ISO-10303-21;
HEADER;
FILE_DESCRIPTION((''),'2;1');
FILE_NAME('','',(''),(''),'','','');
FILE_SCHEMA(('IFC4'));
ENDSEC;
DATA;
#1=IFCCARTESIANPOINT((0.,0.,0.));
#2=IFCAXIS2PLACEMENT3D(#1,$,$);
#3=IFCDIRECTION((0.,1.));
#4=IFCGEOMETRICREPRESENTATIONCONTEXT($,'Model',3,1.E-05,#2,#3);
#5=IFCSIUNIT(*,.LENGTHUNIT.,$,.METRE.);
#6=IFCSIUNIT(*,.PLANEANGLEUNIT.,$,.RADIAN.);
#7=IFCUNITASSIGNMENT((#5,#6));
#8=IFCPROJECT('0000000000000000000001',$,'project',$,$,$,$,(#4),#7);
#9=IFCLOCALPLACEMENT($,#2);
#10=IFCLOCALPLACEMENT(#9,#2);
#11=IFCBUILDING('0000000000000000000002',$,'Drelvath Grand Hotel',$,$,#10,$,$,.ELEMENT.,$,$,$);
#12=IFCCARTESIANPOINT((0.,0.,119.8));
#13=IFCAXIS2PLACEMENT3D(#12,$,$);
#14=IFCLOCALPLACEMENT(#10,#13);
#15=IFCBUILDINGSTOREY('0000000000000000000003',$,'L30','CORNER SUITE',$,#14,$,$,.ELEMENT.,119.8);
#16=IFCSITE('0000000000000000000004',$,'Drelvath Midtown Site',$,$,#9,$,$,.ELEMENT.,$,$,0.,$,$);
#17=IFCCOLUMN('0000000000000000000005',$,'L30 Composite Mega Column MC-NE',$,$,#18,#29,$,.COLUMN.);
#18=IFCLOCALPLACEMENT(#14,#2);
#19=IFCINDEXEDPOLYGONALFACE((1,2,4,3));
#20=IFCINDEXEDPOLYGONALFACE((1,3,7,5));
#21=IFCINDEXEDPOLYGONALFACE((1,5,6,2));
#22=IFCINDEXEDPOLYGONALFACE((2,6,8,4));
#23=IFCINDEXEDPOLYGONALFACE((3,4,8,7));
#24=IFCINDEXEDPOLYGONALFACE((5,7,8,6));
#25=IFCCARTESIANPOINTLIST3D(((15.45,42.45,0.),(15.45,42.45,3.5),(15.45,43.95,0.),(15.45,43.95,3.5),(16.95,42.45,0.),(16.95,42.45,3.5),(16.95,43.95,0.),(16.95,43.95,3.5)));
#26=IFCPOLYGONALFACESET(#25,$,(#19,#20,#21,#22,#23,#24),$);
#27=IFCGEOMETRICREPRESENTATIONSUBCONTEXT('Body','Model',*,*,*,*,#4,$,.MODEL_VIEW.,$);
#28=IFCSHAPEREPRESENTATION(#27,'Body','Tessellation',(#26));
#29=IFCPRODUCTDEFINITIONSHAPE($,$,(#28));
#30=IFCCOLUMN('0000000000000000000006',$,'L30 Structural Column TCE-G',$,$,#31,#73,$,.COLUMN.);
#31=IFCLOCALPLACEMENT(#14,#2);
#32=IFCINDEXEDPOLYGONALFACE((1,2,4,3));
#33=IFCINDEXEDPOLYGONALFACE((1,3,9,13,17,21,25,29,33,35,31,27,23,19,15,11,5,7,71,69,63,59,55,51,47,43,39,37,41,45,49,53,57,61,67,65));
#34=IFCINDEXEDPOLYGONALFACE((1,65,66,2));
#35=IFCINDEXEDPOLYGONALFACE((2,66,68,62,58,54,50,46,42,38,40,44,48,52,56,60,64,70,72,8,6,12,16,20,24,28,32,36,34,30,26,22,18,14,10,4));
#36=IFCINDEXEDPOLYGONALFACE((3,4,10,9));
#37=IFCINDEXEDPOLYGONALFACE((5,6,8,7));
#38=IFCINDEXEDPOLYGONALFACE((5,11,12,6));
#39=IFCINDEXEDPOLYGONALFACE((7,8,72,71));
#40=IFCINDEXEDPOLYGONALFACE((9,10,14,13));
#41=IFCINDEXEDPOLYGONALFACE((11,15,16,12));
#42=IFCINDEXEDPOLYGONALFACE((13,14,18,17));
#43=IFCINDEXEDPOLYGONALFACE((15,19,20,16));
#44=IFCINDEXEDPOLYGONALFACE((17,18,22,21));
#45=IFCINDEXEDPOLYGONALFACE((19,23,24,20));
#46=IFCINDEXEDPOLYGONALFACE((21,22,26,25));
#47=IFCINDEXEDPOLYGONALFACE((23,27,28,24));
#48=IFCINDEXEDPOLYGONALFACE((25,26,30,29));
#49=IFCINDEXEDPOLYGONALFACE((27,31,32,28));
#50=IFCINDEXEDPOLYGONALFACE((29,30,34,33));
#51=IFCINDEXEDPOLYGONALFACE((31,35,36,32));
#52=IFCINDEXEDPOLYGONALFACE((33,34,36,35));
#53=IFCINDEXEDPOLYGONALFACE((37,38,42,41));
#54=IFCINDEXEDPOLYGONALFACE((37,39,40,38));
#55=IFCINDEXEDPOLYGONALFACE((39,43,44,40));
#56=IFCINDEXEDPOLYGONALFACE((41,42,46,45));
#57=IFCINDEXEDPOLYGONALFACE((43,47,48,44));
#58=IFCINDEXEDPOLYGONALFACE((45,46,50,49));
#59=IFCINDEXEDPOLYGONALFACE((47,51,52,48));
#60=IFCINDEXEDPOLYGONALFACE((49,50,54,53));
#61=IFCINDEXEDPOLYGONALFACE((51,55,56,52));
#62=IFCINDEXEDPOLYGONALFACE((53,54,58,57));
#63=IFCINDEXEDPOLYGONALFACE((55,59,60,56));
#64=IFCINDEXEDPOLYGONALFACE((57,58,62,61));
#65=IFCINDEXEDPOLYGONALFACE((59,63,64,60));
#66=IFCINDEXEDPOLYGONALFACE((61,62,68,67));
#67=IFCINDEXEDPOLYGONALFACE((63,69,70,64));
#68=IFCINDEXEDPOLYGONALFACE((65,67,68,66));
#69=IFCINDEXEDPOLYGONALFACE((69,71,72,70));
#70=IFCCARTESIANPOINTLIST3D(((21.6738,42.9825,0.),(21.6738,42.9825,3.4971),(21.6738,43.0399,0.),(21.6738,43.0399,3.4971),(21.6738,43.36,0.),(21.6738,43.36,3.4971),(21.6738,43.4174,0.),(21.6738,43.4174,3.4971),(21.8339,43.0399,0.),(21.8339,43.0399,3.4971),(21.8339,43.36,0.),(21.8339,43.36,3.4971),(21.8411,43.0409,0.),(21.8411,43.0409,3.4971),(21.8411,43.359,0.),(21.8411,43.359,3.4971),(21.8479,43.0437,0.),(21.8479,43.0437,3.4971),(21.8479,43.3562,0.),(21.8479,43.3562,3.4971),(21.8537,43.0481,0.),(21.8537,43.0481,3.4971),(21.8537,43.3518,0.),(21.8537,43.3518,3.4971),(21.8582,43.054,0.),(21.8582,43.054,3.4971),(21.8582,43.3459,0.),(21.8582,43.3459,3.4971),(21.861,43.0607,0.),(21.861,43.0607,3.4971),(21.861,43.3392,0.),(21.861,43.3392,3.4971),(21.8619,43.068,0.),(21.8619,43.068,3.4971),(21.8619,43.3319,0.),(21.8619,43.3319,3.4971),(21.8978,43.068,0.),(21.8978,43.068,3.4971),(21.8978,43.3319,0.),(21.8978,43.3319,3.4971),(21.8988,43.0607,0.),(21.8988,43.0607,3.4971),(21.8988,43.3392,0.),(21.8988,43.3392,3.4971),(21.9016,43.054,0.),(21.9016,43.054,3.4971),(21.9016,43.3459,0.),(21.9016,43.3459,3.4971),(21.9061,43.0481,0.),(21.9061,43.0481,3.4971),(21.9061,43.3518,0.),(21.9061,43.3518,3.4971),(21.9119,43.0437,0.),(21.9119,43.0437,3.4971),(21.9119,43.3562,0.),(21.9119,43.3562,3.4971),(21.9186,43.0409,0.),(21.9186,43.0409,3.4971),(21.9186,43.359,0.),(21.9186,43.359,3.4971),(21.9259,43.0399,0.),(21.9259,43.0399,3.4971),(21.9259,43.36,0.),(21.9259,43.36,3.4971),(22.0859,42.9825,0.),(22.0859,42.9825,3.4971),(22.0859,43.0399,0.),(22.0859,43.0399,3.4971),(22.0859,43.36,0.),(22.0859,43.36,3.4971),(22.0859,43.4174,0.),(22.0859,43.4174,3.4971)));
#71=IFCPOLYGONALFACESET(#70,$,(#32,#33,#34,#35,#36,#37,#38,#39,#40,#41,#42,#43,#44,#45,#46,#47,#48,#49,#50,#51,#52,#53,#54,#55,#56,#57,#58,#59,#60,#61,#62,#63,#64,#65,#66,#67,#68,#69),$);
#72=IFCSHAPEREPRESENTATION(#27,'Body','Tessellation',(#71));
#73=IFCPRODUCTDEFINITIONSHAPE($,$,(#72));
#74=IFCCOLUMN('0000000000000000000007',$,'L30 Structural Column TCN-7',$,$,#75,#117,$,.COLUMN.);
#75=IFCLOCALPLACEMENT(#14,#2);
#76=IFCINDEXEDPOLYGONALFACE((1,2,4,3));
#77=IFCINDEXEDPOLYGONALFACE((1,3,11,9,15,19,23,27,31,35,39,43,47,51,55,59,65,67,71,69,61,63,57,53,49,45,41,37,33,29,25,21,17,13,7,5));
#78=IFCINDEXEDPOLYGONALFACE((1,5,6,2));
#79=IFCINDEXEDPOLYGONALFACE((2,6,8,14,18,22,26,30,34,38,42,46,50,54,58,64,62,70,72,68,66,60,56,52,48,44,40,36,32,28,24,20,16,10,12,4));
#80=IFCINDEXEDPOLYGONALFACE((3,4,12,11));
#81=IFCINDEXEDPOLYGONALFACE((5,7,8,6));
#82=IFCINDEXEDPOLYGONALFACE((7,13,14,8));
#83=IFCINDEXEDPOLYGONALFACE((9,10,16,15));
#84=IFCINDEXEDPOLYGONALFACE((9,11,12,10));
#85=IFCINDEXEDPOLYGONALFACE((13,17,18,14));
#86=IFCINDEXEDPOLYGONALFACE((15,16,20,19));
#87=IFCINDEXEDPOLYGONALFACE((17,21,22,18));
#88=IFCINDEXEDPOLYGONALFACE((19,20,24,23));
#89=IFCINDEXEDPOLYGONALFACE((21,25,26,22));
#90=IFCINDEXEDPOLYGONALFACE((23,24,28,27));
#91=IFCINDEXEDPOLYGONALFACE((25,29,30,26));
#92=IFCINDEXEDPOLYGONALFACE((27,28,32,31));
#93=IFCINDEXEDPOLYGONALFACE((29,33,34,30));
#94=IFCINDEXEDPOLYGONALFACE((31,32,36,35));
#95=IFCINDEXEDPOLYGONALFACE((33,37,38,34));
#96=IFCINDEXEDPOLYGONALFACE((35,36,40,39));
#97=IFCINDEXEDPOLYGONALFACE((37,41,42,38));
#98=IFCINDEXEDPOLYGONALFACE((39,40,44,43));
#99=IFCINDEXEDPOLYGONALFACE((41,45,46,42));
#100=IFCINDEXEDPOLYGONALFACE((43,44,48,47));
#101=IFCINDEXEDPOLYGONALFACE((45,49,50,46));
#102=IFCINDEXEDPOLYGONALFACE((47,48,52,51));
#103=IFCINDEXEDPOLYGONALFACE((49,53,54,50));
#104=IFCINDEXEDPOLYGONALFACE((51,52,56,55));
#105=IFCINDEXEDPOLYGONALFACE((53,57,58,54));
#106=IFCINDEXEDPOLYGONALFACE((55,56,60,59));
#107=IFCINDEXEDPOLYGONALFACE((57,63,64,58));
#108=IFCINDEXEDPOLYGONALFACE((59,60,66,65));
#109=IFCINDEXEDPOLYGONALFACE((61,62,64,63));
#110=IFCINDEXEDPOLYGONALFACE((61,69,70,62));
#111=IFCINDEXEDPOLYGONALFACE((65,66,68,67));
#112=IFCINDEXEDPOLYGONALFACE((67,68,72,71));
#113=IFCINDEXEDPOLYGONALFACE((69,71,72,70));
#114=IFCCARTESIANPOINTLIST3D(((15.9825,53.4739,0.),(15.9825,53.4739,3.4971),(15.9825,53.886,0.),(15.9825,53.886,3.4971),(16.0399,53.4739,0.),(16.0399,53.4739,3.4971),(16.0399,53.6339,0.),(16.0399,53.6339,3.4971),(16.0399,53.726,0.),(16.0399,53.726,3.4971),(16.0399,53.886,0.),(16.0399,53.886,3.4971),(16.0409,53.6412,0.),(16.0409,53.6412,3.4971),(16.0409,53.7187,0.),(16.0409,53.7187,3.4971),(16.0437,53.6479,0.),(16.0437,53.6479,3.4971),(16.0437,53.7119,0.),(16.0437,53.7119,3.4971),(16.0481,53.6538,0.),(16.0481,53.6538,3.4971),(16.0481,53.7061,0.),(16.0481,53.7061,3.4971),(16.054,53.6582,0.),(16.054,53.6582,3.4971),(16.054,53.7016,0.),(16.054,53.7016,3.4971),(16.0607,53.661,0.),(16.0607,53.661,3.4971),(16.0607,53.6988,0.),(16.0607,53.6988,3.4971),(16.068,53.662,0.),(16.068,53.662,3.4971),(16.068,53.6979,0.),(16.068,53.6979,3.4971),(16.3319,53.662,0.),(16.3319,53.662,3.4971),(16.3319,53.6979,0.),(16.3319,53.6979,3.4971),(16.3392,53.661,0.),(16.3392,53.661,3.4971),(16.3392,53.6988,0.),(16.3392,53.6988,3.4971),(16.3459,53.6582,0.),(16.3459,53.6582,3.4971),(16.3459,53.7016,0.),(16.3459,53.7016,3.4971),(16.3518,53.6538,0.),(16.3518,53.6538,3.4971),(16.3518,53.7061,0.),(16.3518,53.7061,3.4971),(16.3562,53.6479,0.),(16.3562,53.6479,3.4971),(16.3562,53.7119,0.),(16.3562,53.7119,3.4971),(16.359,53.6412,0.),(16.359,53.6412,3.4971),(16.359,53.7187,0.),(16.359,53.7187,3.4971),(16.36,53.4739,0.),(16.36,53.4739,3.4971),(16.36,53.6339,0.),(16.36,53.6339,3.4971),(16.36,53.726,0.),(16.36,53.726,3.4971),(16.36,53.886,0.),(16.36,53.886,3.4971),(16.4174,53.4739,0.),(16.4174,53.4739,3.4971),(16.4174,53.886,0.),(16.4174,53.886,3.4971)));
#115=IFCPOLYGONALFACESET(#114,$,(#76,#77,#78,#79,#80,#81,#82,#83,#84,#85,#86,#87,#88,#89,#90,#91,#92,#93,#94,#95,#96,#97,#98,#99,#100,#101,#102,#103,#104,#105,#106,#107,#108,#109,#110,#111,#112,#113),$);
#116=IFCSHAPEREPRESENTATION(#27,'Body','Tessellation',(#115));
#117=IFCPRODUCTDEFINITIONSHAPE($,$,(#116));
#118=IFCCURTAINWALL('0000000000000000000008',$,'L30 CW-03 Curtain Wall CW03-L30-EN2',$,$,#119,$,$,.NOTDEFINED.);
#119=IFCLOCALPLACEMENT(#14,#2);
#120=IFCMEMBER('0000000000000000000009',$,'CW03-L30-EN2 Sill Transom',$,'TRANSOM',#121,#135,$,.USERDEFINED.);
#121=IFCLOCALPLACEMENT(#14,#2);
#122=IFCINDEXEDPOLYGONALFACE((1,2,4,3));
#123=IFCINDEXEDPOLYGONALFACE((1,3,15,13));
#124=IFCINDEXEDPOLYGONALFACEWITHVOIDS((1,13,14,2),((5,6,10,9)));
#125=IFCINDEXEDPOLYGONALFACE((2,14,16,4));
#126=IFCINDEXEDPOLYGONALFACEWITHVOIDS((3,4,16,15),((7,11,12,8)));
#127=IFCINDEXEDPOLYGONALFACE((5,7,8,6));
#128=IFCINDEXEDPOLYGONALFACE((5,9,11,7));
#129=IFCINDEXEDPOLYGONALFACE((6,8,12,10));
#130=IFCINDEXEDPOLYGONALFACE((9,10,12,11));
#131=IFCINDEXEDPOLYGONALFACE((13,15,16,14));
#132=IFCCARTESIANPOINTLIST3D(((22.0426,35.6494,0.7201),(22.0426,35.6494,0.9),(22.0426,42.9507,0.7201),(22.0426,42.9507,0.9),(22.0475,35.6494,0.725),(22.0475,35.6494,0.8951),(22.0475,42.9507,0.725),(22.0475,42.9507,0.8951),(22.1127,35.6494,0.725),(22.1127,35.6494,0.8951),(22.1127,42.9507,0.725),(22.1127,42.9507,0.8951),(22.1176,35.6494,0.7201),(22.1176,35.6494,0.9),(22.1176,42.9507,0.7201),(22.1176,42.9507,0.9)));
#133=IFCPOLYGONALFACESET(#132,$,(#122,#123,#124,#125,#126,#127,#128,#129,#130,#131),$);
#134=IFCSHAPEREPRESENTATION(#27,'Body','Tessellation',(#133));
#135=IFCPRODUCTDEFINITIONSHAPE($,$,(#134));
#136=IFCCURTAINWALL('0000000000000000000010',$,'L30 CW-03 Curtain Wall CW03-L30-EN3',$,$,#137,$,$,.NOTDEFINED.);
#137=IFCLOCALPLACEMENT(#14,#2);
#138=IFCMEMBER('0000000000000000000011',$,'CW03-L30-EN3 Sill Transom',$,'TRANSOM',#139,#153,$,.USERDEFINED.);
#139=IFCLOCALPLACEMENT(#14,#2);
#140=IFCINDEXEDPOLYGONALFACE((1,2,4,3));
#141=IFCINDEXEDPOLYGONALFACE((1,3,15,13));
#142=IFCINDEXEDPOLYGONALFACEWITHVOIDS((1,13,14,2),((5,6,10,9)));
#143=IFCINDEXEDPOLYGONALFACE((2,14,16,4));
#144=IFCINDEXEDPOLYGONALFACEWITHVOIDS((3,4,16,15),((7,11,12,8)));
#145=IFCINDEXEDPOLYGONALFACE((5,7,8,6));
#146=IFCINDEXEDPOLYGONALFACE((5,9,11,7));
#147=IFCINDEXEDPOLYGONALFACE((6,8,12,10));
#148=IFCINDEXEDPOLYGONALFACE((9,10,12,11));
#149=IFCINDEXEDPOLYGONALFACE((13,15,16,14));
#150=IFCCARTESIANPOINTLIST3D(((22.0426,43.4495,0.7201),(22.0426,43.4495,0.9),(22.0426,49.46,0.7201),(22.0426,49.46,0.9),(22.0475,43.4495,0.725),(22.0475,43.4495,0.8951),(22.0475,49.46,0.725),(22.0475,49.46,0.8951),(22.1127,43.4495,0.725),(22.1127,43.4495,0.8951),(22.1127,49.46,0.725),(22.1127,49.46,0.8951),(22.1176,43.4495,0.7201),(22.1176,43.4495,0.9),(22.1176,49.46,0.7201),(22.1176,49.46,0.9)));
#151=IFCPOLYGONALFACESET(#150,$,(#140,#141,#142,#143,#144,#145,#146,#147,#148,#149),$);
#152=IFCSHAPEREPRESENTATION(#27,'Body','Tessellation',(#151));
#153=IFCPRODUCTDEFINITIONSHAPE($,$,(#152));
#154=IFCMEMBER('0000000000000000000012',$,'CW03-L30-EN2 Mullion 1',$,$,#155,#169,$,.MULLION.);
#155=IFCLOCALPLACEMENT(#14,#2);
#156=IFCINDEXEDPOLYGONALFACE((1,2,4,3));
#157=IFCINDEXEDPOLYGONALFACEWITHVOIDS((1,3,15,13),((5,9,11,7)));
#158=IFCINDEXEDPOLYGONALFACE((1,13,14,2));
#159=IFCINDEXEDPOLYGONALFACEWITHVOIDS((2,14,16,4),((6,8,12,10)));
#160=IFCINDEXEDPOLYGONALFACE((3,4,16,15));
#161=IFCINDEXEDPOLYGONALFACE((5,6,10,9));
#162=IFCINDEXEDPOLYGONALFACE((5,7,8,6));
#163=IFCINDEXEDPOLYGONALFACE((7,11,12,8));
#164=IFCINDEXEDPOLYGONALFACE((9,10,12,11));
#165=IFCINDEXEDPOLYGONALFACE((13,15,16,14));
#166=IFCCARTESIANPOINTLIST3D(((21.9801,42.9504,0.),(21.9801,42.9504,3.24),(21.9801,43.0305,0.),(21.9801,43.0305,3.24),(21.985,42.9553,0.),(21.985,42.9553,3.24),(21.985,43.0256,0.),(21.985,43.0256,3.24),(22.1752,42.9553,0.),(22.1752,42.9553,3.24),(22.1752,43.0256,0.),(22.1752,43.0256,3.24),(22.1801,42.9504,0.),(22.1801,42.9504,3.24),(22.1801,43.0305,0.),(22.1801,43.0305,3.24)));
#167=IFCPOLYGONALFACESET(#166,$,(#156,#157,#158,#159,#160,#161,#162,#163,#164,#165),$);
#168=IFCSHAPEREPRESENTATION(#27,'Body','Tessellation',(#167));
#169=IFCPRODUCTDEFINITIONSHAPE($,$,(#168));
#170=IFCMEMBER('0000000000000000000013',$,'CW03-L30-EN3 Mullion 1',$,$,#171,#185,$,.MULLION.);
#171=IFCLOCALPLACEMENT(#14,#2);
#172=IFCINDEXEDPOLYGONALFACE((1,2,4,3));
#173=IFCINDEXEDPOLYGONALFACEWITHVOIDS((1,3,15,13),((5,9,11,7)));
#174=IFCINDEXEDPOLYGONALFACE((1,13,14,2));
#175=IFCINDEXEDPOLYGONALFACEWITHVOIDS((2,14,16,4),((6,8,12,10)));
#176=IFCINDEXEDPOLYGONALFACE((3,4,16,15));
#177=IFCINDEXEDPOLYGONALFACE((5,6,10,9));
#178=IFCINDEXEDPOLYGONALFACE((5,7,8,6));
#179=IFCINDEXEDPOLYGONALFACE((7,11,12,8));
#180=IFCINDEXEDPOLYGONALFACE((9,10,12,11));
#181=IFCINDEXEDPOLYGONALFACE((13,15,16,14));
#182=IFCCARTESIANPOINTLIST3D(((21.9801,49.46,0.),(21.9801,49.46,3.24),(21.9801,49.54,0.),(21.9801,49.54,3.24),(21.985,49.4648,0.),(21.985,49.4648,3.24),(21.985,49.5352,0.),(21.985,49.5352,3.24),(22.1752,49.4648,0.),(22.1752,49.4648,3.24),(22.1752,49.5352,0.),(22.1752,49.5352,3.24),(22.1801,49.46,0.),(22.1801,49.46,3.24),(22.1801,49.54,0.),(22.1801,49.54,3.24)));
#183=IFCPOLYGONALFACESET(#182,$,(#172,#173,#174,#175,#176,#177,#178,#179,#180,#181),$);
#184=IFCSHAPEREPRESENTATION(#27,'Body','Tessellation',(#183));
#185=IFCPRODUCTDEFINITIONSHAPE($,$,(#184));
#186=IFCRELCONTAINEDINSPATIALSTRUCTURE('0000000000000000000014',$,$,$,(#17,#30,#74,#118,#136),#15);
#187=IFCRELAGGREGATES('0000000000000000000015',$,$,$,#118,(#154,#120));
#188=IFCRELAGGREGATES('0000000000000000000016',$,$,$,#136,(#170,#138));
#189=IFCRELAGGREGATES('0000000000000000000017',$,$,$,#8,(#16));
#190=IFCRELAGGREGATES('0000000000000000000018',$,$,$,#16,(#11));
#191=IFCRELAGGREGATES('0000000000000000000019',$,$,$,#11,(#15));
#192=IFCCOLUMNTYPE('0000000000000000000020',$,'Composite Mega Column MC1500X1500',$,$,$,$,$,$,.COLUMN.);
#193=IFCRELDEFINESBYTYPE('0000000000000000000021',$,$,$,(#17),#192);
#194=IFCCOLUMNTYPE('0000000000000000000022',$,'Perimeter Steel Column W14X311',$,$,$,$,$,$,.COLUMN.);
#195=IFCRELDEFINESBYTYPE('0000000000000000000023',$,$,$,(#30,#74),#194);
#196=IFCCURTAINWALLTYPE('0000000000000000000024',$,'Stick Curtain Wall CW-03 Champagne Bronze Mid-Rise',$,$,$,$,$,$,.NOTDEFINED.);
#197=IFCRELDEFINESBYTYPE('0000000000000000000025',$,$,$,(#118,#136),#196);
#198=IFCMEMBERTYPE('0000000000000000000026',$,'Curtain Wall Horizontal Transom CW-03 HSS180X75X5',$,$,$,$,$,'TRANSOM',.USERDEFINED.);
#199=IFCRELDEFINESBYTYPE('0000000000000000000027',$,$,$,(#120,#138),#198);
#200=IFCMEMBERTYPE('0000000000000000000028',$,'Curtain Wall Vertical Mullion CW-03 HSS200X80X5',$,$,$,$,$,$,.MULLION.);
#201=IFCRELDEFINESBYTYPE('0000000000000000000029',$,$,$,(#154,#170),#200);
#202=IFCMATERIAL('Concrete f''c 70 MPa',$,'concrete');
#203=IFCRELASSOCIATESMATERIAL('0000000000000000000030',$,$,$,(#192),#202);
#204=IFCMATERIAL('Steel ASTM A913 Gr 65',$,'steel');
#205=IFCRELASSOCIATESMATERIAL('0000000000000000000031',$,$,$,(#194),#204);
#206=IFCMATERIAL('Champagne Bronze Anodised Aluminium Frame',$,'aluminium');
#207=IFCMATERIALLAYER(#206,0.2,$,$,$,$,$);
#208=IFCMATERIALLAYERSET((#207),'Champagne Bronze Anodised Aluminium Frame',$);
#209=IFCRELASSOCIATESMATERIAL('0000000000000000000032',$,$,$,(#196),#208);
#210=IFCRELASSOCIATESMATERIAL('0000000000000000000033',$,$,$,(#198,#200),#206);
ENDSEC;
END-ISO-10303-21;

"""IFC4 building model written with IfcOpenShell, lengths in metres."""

from ifc_helpers import new_model, si_unit, direction, frame, origin, origin_2d, place, context, subcontext, project, spatial, rectangle, hollow_rectangle, i_section, extrude, material, layer, layer_set, material_profile, profile_set, type_object, element, aggregate, save


model = new_model("IFC4")

# Units and contexts
model_context = context("Model", 3, precision=1e-05, world=origin(), true_north=direction((0.0, 1.0)))
body_context = subcontext(model_context, "Body", "Model", "MODEL_VIEW")
ifc_project = project(units=[si_unit("LENGTHUNIT", "METRE"), si_unit("PLANEANGLEUNIT", "RADIAN")], contexts=[model_context])

# Site, building, storey
site_placement = place(None, origin())
site = spatial("IfcSite", under=ifc_project, at=site_placement, Name="Drelvath Midtown Site", CompositionType="ELEMENT", RefElevation=0.0)
building_placement = place(site_placement, origin())
building = spatial("IfcBuilding", under=site, at=building_placement, Name="Drelvath Grand Hotel", CompositionType="ELEMENT")
storey_placement = place(building_placement, frame((0.0, 0.0, 119.8)))
storey = spatial("IfcBuildingStorey", under=building, at=storey_placement, Name="L30", Description="CORNER SUITE", CompositionType="ELEMENT", Elevation=119.8)

# Columns
ifc_material_1 = material(Name="Concrete f'c 70 MPa", Category="concrete")
ifc_material_profile_1 = material_profile(ifc_material_1, rectangle(XDim=1.5, YDim=1.5, at=origin_2d()), Name="MC1500X1500")
ifc_profile_set_1 = profile_set([ifc_material_profile_1], Name="Concrete f'c 70 MPa")
column_type_1 = type_object("IfcColumnType", Name="Composite Mega Column MC1500X1500", PredefinedType="COLUMN", material=ifc_profile_set_1)
column_placement = place(storey_placement, frame((16.2, 43.2, 0.0), z_axis=(0.0, 0.0, 1.0), x_axis=(1.0, 0.0, 0.0)))
element("IfcColumn", 1, at=column_placement, inside=storey, type_object=column_type_1, Name="L30 Composite Mega Column MC-NE", PredefinedType="COLUMN", context=body_context, shape_type="SweptSolid", body=[
    extrude(rectangle(XDim=1.5, YDim=1.5, at=origin_2d()), origin(), (0.0, 0.0, 1.0), 3.5),
])
ifc_material_2 = material(Name="Steel ASTM A913 Gr 65", Category="steel")
ifc_material_profile_2 = material_profile(ifc_material_2, i_section(OverallWidth=0.4121, OverallDepth=0.4348, WebThickness=0.0359, FlangeThickness=0.0574, FilletRadius=0.0281, at=origin_2d()), Name="W14X311")
ifc_profile_set_2 = profile_set([ifc_material_profile_2], Name="Steel ASTM A913 Gr 65")
column_type_2 = type_object("IfcColumnType", Name="Perimeter Steel Column W14X311", PredefinedType="COLUMN", material=ifc_profile_set_2)
for number, where, z_axis, x_axis, name in (
    (2, (21.8799, 43.2, 0.0), (0.0, 0.0, 1.0), (1.0, 0.0, 0.0), "L30 Structural Column TCE-G"),
    (3, (16.2, 53.6799, 0.0), (0.0, 0.0, 1.0), (0.0, 1.0, 0.0), "L30 Structural Column TCN-7"),
):
    element("IfcColumn", number, at=place(storey_placement, frame(where, z_axis=z_axis, x_axis=x_axis)), inside=storey, type_object=column_type_2, Name=name, PredefinedType="COLUMN", context=body_context, shape_type="SweptSolid", body=[
        extrude(i_section(OverallWidth=0.4121, OverallDepth=0.4348, WebThickness=0.0359, FlangeThickness=0.0574, FilletRadius=0.0281, at=origin_2d()), origin(), (0.0, 0.0, 1.0), 3.4971),
    ])

# Curtain walls, members
ifc_material_3 = material(Name="Champagne Bronze Anodised Aluminium Frame", Category="aluminium")
ifc_layer_1 = layer(ifc_material_3, 0.2)
ifc_layer_set_1 = layer_set([ifc_layer_1], Name="Champagne Bronze Anodised Aluminium Frame")
curtain_wall_type = type_object("IfcCurtainWallType", Name="Stick Curtain Wall CW-03 Champagne Bronze Mid-Rise", PredefinedType="NOTDEFINED", material=ifc_layer_set_1)
curtain_wall_1_placement = place(storey_placement, origin())
curtain_wall_1 = element("IfcCurtainWall", 4, at=curtain_wall_1_placement, inside=storey, type_object=curtain_wall_type, Name="L30 CW-03 Curtain Wall CW03-L30-EN2", PredefinedType="NOTDEFINED")
ifc_material_profile_3 = material_profile(ifc_material_3, hollow_rectangle(XDim=0.075, YDim=0.1799, WallThickness=0.0049, at=origin_2d()), Name="HSS180X75X5")
ifc_profile_set_3 = profile_set([ifc_material_profile_3], Name="Champagne Bronze Anodised Aluminium Frame")
member_type_1 = type_object("IfcMemberType", Name="Curtain Wall Horizontal Transom CW-03 HSS180X75X5", ElementType="TRANSOM", PredefinedType="USERDEFINED", material=ifc_profile_set_3)
member_1_placement = place(storey_placement, frame((22.0801, 42.9507, 0.8101), z_axis=(0.0, -1.0, 0.0), x_axis=(1.0, 0.0, 0.0)))
member_1 = element("IfcMember", 5, at=member_1_placement, type_object=member_type_1, Name="CW03-L30-EN2 Sill Transom", ObjectType="TRANSOM", PredefinedType="USERDEFINED", context=body_context, shape_type="SweptSolid", body=[
    extrude(hollow_rectangle(XDim=0.075, YDim=0.1799, WallThickness=0.0049, at=origin_2d()), origin(), (0.0, 0.0, 1.0), 7.3013),
])
curtain_wall_2_placement = place(storey_placement, origin())
curtain_wall_2 = element("IfcCurtainWall", 6, at=curtain_wall_2_placement, inside=storey, type_object=curtain_wall_type, Name="L30 CW-03 Curtain Wall CW03-L30-EN3", PredefinedType="NOTDEFINED")
member_2_placement = place(storey_placement, frame((22.0801, 49.46, 0.8101), z_axis=(0.0, -1.0, 0.0), x_axis=(1.0, 0.0, 0.0)))
member_2 = element("IfcMember", 7, at=member_2_placement, type_object=member_type_1, Name="CW03-L30-EN3 Sill Transom", ObjectType="TRANSOM", PredefinedType="USERDEFINED", context=body_context, shape_type="SweptSolid", body=[
    extrude(hollow_rectangle(XDim=0.075, YDim=0.1799, WallThickness=0.0049, at=origin_2d()), origin(), (0.0, 0.0, 1.0), 6.0105),
])

# Members
ifc_material_profile_4 = material_profile(ifc_material_3, hollow_rectangle(XDim=0.0801, YDim=0.2, WallThickness=0.0049, at=origin_2d()), Name="HSS200X80X5")
ifc_profile_set_4 = profile_set([ifc_material_profile_4], Name="Champagne Bronze Anodised Aluminium Frame")
member_type_2 = type_object("IfcMemberType", Name="Curtain Wall Vertical Mullion CW-03 HSS200X80X5", PredefinedType="MULLION", material=ifc_profile_set_4)
member_3_placement = place(storey_placement, frame((22.0801, 42.9905, 0.0), z_axis=(0.0, 0.0, 1.0), x_axis=(0.0, 1.0, 0.0)))
member_3 = element("IfcMember", 8, at=member_3_placement, type_object=member_type_2, Name="CW03-L30-EN2 Mullion 1", PredefinedType="MULLION", context=body_context, shape_type="SweptSolid", body=[
    extrude(hollow_rectangle(XDim=0.0801, YDim=0.2, WallThickness=0.0049, at=origin_2d()), origin(), (0.0, 0.0, 1.0), 3.24),
])
member_4_placement = place(storey_placement, frame((22.0801, 49.5, 0.0), z_axis=(0.0, 0.0, 1.0), x_axis=(0.0, 1.0, 0.0)))
member_4 = element("IfcMember", 9, at=member_4_placement, type_object=member_type_2, Name="CW03-L30-EN3 Mullion 1", PredefinedType="MULLION", context=body_context, shape_type="SweptSolid", body=[
    extrude(hollow_rectangle(XDim=0.0801, YDim=0.2, WallThickness=0.0049, at=origin_2d()), origin(), (0.0, 0.0, 1.0), 3.24),
])

aggregate(curtain_wall_1, [member_3, member_1])
aggregate(curtain_wall_2, [member_4, member_2])

save(model, "model.ifc")
